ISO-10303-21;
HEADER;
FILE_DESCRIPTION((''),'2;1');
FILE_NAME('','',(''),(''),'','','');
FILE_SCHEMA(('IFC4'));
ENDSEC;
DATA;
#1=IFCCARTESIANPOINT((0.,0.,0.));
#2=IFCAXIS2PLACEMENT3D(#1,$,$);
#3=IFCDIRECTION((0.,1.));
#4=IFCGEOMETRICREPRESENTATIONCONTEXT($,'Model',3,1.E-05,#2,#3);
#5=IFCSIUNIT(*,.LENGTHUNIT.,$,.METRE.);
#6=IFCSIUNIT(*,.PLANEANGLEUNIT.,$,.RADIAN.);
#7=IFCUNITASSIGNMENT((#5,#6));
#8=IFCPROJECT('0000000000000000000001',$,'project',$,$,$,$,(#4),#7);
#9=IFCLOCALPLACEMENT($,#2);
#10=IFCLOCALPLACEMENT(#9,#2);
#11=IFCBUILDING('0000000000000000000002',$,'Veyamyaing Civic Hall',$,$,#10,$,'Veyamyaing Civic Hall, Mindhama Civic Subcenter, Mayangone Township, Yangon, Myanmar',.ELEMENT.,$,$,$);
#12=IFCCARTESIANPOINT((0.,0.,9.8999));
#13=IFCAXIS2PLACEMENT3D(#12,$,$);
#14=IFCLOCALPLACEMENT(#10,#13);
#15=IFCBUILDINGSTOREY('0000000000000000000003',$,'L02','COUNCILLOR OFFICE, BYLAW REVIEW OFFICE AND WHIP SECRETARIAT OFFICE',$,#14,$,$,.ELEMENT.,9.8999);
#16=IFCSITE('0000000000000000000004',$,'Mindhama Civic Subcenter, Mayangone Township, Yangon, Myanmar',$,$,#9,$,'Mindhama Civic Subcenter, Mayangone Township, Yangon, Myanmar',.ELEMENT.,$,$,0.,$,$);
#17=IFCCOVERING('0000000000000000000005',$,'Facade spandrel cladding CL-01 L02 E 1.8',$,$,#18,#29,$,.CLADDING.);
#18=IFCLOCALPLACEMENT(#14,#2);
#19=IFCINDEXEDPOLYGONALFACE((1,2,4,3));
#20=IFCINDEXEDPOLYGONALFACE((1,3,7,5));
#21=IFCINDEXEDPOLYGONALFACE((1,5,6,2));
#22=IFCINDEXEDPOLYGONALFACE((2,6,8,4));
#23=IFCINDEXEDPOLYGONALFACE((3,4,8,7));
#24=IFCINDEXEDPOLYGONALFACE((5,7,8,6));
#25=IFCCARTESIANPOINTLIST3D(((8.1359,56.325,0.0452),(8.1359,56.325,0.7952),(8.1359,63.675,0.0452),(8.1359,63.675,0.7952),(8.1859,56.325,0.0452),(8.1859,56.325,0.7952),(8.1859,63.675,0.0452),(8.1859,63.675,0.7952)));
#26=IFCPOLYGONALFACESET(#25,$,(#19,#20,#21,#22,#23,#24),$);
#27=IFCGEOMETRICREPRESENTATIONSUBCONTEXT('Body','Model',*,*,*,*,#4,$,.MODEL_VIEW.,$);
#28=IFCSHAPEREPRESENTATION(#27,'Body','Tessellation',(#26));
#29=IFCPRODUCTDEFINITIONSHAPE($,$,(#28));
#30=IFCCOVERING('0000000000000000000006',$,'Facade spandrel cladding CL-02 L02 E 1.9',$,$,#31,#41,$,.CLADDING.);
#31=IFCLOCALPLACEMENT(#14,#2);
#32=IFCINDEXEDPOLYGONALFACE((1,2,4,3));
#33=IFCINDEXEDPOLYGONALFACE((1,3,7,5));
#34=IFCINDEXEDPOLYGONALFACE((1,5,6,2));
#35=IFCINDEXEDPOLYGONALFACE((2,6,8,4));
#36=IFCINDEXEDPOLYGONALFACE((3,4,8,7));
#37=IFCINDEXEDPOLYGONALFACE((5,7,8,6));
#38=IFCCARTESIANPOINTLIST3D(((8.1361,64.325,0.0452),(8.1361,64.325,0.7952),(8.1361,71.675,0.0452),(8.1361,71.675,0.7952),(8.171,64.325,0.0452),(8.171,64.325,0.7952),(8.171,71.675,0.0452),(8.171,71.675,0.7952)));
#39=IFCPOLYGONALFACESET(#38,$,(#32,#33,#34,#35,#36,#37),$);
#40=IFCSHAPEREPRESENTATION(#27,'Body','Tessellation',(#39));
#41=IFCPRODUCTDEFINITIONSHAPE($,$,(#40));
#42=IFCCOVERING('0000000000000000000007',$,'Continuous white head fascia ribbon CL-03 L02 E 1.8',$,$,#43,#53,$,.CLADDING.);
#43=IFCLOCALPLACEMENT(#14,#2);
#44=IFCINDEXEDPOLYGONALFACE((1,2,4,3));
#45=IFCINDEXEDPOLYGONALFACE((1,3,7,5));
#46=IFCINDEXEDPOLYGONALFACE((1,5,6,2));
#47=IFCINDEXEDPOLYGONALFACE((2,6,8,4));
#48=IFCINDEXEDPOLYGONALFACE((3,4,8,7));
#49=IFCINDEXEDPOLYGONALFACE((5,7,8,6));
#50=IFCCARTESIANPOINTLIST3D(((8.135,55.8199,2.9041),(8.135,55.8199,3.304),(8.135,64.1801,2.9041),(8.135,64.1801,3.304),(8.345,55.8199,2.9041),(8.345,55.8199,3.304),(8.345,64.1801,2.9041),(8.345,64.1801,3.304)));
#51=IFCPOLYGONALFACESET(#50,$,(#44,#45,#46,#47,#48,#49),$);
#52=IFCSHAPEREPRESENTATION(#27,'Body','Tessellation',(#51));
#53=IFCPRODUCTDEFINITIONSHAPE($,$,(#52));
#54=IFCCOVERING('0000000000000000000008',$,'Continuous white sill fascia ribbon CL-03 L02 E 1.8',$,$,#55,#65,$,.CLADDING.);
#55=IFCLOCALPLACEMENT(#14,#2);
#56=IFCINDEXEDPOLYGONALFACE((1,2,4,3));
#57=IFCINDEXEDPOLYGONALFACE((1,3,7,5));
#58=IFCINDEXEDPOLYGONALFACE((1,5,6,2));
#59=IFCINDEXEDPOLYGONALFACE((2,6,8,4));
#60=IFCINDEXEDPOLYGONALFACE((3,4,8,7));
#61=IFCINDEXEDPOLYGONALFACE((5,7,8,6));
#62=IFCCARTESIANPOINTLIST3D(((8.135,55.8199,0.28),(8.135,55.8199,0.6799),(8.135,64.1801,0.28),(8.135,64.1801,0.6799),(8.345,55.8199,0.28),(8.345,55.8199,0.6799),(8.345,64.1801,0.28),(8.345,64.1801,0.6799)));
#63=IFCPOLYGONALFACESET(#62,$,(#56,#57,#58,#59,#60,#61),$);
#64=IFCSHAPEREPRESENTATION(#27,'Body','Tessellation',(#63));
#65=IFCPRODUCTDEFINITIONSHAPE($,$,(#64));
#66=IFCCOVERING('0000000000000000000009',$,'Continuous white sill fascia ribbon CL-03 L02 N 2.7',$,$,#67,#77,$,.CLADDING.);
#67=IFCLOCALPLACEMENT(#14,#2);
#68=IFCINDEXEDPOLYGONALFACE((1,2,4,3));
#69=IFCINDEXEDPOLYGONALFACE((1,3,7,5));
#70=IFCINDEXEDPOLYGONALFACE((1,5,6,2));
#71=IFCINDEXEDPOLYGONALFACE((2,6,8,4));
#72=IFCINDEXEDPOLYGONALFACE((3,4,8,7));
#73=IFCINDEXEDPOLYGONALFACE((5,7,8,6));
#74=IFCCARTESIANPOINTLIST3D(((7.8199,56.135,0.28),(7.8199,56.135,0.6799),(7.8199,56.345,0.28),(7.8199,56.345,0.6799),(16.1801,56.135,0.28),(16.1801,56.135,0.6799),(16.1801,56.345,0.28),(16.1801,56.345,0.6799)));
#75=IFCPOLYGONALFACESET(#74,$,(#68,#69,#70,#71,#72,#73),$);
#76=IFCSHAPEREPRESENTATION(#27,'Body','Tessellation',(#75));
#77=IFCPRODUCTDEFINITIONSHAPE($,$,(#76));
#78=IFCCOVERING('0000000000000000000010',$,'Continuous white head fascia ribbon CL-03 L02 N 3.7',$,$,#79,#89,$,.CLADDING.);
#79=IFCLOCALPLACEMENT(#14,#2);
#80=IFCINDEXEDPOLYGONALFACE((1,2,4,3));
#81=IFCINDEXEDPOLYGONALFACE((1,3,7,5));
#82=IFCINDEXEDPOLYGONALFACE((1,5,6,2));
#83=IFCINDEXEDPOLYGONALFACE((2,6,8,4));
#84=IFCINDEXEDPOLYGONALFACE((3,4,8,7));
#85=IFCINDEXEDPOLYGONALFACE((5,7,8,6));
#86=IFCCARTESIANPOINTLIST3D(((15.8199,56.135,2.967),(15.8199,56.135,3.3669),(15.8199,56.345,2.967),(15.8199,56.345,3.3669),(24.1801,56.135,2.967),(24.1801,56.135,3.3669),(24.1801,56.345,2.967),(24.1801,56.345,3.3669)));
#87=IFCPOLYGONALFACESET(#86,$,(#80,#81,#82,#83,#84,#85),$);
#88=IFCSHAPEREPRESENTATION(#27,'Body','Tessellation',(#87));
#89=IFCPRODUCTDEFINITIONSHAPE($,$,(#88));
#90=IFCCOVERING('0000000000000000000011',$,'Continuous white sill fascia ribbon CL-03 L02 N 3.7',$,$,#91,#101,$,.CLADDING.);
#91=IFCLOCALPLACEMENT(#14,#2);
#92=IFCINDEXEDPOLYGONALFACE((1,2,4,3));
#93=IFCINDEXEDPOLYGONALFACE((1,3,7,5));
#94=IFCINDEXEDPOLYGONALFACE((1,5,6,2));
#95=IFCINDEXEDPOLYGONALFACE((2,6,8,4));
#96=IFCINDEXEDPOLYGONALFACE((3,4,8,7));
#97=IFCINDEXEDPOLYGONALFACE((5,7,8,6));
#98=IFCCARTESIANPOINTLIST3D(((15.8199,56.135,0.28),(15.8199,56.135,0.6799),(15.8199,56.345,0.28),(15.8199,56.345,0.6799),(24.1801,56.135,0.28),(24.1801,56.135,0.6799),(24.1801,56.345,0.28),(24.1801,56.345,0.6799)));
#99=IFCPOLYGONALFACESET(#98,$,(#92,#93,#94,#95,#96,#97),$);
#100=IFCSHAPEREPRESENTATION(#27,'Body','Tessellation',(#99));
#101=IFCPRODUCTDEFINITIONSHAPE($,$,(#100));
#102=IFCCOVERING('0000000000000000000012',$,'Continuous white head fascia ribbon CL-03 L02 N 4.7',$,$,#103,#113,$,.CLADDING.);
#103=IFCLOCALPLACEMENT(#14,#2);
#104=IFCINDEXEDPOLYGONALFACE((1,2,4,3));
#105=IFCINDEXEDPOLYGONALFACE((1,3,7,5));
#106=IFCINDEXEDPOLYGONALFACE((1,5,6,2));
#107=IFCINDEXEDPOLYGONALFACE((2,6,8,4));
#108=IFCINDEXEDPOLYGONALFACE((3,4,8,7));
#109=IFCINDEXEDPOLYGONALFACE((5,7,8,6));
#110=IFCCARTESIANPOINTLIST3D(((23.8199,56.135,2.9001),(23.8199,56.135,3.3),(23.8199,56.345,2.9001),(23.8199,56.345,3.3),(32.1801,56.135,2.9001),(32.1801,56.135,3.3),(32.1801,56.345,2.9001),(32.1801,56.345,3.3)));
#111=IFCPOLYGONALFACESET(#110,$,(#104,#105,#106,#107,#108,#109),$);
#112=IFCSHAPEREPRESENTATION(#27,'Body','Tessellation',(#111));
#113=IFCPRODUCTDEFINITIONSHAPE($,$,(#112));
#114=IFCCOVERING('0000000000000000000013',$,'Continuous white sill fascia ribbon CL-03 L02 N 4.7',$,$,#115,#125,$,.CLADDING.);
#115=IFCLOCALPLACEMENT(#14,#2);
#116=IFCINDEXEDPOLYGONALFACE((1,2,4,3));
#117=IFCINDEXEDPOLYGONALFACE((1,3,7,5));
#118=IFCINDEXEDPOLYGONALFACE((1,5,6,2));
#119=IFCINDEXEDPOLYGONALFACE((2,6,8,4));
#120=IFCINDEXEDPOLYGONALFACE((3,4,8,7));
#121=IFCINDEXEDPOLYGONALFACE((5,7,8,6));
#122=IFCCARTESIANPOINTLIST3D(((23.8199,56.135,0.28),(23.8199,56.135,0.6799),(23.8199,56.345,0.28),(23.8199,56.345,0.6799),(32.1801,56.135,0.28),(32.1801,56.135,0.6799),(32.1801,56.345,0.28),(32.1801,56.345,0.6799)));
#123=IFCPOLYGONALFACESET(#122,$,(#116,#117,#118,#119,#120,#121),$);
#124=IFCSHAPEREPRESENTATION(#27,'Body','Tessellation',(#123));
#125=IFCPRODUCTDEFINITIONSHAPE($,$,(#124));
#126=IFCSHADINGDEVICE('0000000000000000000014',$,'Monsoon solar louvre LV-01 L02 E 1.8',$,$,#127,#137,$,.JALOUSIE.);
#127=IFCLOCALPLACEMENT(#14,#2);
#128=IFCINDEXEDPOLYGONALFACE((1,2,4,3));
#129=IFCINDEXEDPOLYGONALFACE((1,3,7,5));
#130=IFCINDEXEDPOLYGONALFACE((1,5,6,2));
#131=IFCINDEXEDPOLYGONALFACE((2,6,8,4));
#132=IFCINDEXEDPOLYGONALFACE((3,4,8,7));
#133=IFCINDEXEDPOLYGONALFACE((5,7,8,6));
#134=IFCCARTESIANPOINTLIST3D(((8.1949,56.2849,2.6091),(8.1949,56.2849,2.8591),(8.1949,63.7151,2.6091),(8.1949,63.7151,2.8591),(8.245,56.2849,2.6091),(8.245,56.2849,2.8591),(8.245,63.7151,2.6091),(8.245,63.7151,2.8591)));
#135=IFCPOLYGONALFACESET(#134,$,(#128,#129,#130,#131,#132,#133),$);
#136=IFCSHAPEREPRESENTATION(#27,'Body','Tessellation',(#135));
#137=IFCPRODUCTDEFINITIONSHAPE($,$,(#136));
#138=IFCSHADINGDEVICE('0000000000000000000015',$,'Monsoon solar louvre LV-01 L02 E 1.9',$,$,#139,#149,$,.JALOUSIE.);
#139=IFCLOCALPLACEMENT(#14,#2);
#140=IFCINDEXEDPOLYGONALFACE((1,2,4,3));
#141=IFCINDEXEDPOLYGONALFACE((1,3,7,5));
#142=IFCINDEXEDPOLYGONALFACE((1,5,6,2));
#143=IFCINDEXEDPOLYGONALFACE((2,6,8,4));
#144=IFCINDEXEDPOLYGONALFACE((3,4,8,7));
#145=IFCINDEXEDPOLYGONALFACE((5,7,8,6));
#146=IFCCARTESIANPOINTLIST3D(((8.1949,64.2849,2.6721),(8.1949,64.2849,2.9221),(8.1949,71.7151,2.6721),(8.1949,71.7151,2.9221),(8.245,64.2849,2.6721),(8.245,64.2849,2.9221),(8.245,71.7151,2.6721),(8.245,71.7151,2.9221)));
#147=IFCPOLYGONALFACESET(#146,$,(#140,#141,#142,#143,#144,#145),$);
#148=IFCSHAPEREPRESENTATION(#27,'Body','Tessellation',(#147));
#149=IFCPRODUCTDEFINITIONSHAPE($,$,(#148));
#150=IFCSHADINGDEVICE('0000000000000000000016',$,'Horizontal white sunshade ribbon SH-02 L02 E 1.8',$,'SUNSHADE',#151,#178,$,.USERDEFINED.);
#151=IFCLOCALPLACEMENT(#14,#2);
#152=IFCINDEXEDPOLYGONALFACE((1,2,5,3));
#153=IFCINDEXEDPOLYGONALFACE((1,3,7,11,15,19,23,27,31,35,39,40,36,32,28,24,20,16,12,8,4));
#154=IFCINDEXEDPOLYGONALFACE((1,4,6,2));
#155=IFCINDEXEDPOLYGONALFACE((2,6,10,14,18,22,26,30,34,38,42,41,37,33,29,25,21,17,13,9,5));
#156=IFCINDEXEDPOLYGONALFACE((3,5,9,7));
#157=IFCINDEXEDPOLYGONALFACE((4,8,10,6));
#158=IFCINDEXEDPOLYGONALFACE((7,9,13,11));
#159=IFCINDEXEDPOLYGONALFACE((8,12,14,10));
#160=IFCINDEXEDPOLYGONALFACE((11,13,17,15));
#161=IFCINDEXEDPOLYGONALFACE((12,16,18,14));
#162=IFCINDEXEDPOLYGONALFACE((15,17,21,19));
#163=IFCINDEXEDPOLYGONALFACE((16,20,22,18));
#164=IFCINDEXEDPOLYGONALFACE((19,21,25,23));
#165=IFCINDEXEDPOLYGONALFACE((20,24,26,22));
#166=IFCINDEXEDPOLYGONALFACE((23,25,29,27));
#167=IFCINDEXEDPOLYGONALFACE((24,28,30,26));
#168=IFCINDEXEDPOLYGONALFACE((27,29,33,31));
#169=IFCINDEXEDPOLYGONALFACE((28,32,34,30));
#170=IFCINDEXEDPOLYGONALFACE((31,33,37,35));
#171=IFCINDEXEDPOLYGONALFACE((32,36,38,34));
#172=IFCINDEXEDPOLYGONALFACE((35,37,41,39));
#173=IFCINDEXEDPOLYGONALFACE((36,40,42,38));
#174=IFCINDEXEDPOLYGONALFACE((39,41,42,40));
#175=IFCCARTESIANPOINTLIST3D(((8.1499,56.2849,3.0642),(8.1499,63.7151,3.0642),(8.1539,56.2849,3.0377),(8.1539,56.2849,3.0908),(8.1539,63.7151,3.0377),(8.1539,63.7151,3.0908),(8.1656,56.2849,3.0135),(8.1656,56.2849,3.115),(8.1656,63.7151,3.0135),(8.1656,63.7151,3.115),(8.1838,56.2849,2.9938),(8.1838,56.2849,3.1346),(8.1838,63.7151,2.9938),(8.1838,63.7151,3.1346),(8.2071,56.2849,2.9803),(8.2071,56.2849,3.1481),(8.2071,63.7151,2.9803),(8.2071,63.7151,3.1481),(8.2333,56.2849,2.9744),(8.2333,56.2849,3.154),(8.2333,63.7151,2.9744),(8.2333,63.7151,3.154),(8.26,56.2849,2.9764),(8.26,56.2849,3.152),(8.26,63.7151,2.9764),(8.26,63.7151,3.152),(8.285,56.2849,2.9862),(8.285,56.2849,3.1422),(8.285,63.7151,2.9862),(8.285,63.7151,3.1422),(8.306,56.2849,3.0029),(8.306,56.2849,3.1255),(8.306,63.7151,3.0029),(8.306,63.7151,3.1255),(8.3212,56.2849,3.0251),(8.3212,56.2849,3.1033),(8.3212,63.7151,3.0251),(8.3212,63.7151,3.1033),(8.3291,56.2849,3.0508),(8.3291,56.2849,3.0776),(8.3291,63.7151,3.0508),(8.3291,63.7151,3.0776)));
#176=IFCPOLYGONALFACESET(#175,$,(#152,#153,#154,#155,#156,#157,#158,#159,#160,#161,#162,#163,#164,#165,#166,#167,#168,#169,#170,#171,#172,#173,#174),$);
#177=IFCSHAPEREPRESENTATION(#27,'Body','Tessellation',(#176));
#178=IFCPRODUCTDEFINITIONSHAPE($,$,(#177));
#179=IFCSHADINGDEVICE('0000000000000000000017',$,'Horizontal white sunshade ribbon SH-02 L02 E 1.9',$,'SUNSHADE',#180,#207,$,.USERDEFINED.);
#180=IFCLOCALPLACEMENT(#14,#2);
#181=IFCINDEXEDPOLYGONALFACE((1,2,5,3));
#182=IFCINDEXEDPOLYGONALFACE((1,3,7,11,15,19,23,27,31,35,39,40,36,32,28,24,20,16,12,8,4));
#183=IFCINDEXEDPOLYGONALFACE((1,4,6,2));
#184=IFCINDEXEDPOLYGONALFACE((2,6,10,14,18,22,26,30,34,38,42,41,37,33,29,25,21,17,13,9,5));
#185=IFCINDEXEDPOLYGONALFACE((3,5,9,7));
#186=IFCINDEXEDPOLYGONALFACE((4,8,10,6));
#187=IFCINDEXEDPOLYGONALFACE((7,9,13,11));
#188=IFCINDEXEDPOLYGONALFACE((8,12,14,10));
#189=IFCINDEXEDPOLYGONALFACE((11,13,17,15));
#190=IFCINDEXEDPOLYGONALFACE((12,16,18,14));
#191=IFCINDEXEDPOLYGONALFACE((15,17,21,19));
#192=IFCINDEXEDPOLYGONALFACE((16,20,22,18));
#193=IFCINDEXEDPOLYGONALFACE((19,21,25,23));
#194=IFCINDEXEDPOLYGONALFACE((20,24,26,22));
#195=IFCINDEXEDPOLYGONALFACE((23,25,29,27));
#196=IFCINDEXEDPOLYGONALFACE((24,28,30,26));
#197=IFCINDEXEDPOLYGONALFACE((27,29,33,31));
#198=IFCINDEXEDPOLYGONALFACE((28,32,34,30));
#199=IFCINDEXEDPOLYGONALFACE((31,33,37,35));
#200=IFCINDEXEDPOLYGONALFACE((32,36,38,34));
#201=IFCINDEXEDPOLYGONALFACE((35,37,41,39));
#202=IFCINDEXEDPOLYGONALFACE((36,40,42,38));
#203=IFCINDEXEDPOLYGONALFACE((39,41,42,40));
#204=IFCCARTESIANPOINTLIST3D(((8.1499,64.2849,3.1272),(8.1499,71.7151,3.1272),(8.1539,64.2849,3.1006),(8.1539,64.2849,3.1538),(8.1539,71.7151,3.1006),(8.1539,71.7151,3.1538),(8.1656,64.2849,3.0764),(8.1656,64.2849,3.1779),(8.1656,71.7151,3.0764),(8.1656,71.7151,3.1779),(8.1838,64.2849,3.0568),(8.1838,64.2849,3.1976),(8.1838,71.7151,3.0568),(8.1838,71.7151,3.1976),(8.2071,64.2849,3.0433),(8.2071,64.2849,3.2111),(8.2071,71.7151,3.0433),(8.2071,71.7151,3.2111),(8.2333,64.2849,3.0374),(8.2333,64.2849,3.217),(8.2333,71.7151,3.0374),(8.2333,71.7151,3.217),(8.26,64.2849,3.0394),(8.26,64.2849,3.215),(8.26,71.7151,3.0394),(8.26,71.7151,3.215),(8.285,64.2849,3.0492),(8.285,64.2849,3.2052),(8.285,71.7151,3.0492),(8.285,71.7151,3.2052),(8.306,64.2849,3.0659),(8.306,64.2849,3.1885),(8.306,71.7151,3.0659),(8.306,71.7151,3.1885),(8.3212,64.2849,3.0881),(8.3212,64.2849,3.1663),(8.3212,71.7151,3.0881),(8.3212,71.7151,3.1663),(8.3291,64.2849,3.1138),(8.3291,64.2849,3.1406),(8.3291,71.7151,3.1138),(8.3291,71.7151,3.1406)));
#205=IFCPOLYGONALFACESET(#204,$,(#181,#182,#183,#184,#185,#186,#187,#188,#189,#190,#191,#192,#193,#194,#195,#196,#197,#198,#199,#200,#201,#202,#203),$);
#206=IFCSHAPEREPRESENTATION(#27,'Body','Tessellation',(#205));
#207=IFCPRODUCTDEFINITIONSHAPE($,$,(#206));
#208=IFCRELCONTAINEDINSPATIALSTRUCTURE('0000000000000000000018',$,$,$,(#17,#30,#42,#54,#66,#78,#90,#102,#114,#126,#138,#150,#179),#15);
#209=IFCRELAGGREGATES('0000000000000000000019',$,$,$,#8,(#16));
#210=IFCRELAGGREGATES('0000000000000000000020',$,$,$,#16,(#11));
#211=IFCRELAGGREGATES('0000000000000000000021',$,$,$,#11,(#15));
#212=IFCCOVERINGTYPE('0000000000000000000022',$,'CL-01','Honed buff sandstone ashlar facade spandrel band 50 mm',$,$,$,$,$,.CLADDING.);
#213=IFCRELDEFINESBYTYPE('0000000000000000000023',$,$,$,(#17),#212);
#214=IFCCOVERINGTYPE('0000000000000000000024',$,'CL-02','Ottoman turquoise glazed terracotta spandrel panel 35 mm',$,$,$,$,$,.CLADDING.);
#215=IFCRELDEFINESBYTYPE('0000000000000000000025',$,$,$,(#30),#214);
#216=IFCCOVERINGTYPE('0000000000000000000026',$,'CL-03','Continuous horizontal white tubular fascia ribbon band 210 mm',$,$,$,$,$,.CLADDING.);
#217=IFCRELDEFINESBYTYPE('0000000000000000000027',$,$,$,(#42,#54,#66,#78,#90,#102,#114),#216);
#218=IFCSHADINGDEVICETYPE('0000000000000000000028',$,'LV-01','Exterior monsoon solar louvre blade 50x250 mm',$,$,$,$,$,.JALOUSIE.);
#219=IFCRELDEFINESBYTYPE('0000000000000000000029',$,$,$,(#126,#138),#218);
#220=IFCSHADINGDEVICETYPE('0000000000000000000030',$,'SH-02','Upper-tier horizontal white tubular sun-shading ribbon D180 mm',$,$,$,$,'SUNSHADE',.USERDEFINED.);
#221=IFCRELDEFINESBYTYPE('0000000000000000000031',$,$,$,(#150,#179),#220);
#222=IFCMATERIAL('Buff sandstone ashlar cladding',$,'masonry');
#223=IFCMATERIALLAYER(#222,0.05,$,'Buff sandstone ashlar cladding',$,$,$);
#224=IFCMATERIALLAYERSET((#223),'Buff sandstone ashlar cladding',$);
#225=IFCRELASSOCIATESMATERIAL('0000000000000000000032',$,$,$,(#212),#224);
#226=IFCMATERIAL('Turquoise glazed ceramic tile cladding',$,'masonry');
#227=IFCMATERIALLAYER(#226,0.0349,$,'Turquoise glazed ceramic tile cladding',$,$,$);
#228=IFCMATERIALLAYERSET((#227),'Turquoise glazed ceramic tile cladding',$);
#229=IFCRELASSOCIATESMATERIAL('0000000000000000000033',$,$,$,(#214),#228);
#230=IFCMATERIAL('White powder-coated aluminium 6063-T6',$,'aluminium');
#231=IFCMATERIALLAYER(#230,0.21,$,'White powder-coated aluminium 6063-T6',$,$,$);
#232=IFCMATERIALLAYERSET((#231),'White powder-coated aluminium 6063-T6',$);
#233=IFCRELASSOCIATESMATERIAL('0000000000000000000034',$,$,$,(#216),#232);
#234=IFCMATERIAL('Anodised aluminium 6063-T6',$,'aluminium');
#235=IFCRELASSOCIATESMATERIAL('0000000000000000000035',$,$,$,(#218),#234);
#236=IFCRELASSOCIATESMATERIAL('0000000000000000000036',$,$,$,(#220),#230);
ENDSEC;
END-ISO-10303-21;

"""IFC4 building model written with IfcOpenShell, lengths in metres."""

from ifc_helpers import new_model, si_unit, direction, frame, origin, origin_2d, place, context, subcontext, project, spatial, rectangle, circle, extrude, material, layer, layer_set, material_profile, profile_set, type_object, element, save


model = new_model("IFC4")

# Units and contexts
model_context = context("Model", 3, precision=1e-05, world=origin(), true_north=direction((0.0, 1.0)))
body_context = subcontext(model_context, "Body", "Model", "MODEL_VIEW")
ifc_project = project(units=[si_unit("LENGTHUNIT", "METRE"), si_unit("PLANEANGLEUNIT", "RADIAN")], contexts=[model_context])

# Site, building, storey
site_placement = place(None, origin())
site = spatial("IfcSite", under=ifc_project, at=site_placement, Name="Mindhama Civic Subcenter, Mayangone Township, Yangon, Myanmar", LongName="Mindhama Civic Subcenter, Mayangone Township, Yangon, Myanmar", CompositionType="ELEMENT", RefElevation=0.0)
building_placement = place(site_placement, origin())
building = spatial("IfcBuilding", under=site, at=building_placement, Name="Veyamyaing Civic Hall", LongName="Veyamyaing Civic Hall, Mindhama Civic Subcenter, Mayangone Township, Yangon, Myanmar", CompositionType="ELEMENT")
storey_placement = place(building_placement, frame((0.0, 0.0, 9.8999)))
storey = spatial("IfcBuildingStorey", under=building, at=storey_placement, Name="L02", Description="COUNCILLOR OFFICE, BYLAW REVIEW OFFICE AND WHIP SECRETARIAT OFFICE", CompositionType="ELEMENT", Elevation=9.8999)

# Coverings
ifc_material_1 = material(Name="Buff sandstone ashlar cladding", Category="masonry")
ifc_layer_1 = layer(ifc_material_1, 0.05, Name="Buff sandstone ashlar cladding")
ifc_layer_set_1 = layer_set([ifc_layer_1], Name="Buff sandstone ashlar cladding")
covering_type_1 = type_object("IfcCoveringType", Name="CL-01", Description="Honed buff sandstone ashlar facade spandrel band 50 mm", PredefinedType="CLADDING", material=ifc_layer_set_1)
covering_1_placement = place(storey_placement, frame((8.1609, 60.0, 0.0452), z_axis=(0.0, 0.0, 1.0), x_axis=(0.0, 1.0, 0.0)))
element("IfcCovering", 1, at=covering_1_placement, inside=storey, type_object=covering_type_1, Name="Facade spandrel cladding CL-01 L02 E 1.8", PredefinedType="CLADDING", context=body_context, shape_type="SweptSolid", body=[
    extrude(rectangle(XDim=7.3501, YDim=0.05, at=origin_2d()), origin(), (0.0, 0.0, 1.0), 0.75),
])
ifc_material_2 = material(Name="Turquoise glazed ceramic tile cladding", Category="masonry")
ifc_layer_2 = layer(ifc_material_2, 0.0349, Name="Turquoise glazed ceramic tile cladding")
ifc_layer_set_2 = layer_set([ifc_layer_2], Name="Turquoise glazed ceramic tile cladding")
covering_type_2 = type_object("IfcCoveringType", Name="CL-02", Description="Ottoman turquoise glazed terracotta spandrel panel 35 mm", PredefinedType="CLADDING", material=ifc_layer_set_2)
covering_2_placement = place(storey_placement, frame((8.1536, 68.0, 0.0452), z_axis=(0.0, 0.0, 1.0), x_axis=(0.0, 1.0, 0.0)))
element("IfcCovering", 2, at=covering_2_placement, inside=storey, type_object=covering_type_2, Name="Facade spandrel cladding CL-02 L02 E 1.9", PredefinedType="CLADDING", context=body_context, shape_type="SweptSolid", body=[
    extrude(rectangle(XDim=7.3501, YDim=0.0349, at=origin_2d()), origin(), (0.0, 0.0, 1.0), 0.75),
])
ifc_material_3 = material(Name="White powder-coated aluminium 6063-T6", Category="aluminium")
ifc_layer_3 = layer(ifc_material_3, 0.21, Name="White powder-coated aluminium 6063-T6")
ifc_layer_set_3 = layer_set([ifc_layer_3], Name="White powder-coated aluminium 6063-T6")
covering_type_3 = type_object("IfcCoveringType", Name="CL-03", Description="Continuous horizontal white tubular fascia ribbon band 210 mm", PredefinedType="CLADDING", material=ifc_layer_set_3)
for number, where, z_axis, x_axis, name in (
    (3, (8.24, 60.0, 2.9041), (0.0, 0.0, 1.0), (0.0, 1.0, 0.0), "Continuous white head fascia ribbon CL-03 L02 E 1.8"),
    (4, (8.24, 60.0, 0.28), (0.0, 0.0, 1.0), (0.0, 1.0, 0.0), "Continuous white sill fascia ribbon CL-03 L02 E 1.8"),
    (5, (12.0, 56.24, 0.28), (0.0, 0.0, 1.0), (1.0, 0.0, 0.0), "Continuous white sill fascia ribbon CL-03 L02 N 2.7"),
    (6, (20.0, 56.24, 2.967), (0.0, 0.0, 1.0), (1.0, 0.0, 0.0), "Continuous white head fascia ribbon CL-03 L02 N 3.7"),
    (7, (20.0, 56.24, 0.28), (0.0, 0.0, 1.0), (1.0, 0.0, 0.0), "Continuous white sill fascia ribbon CL-03 L02 N 3.7"),
    (8, (28.0, 56.24, 2.9001), (0.0, 0.0, 1.0), (1.0, 0.0, 0.0), "Continuous white head fascia ribbon CL-03 L02 N 4.7"),
    (9, (28.0, 56.24, 0.28), (0.0, 0.0, 1.0), (1.0, 0.0, 0.0), "Continuous white sill fascia ribbon CL-03 L02 N 4.7"),
):
    element("IfcCovering", number, at=place(storey_placement, frame(where, z_axis=z_axis, x_axis=x_axis)), inside=storey, type_object=covering_type_3, Name=name, PredefinedType="CLADDING", context=body_context, shape_type="SweptSolid", body=[
        extrude(rectangle(XDim=8.3601, YDim=0.21, at=origin_2d()), origin(), (0.0, 0.0, 1.0), 0.3999),
    ])

# Shading devices
ifc_material_4 = material(Name="Anodised aluminium 6063-T6", Category="aluminium")
ifc_material_profile_1 = material_profile(ifc_material_4, rectangle(XDim=0.05, YDim=0.25, at=origin_2d()), Name="LOUVRE-BLADE-50X250")
ifc_profile_set_1 = profile_set([ifc_material_profile_1], Name="Anodised aluminium 6063-T6")
shading_device_type_1 = type_object("IfcShadingDeviceType", Name="LV-01", Description="Exterior monsoon solar louvre blade 50x250 mm", PredefinedType="JALOUSIE", material=ifc_profile_set_1)
for number, where, z_axis, x_axis, name in (
    (10, (8.22, 56.2849, 2.7341), (0.0, 1.0, 0.0), (-1.0, 0.0, 0.0), "Monsoon solar louvre LV-01 L02 E 1.8"),
    (11, (8.22, 64.2849, 2.7971), (0.0, 1.0, 0.0), (-1.0, 0.0, 0.0), "Monsoon solar louvre LV-01 L02 E 1.9"),
):
    element("IfcShadingDevice", number, at=place(storey_placement, frame(where, z_axis=z_axis, x_axis=x_axis)), inside=storey, type_object=shading_device_type_1, Name=name, PredefinedType="JALOUSIE", context=body_context, shape_type="SweptSolid", body=[
        extrude(rectangle(XDim=0.05, YDim=0.25, at=origin_2d()), origin(), (0.0, 0.0, 1.0), 7.4302),
    ])
ifc_material_profile_2 = material_profile(ifc_material_3, circle(Radius=0.0901, at=origin_2d()), Name="SHADE-TUBE-180")
ifc_profile_set_2 = profile_set([ifc_material_profile_2], Name="White powder-coated aluminium 6063-T6")
shading_device_type_2 = type_object("IfcShadingDeviceType", Name="SH-02", Description="Upper-tier horizontal white tubular sun-shading ribbon D180 mm", ElementType="SUNSHADE", PredefinedType="USERDEFINED", material=ifc_profile_set_2)
for number, where, z_axis, x_axis, name in (
    (12, (8.24, 56.2849, 3.0642), (0.0, 1.0, 0.0), (-1.0, 0.0, 0.0), "Horizontal white sunshade ribbon SH-02 L02 E 1.8"),
    (13, (8.24, 64.2849, 3.1272), (0.0, 1.0, 0.0), (-1.0, 0.0, 0.0), "Horizontal white sunshade ribbon SH-02 L02 E 1.9"),
):
    element("IfcShadingDevice", number, at=place(storey_placement, frame(where, z_axis=z_axis, x_axis=x_axis)), inside=storey, type_object=shading_device_type_2, Name=name, ObjectType="SUNSHADE", PredefinedType="USERDEFINED", context=body_context, shape_type="SweptSolid", body=[
        extrude(circle(Radius=0.0901, at=origin_2d()), origin(), (0.0, 0.0, 1.0), 7.4302),
    ])

save(model, "model.ifc")
